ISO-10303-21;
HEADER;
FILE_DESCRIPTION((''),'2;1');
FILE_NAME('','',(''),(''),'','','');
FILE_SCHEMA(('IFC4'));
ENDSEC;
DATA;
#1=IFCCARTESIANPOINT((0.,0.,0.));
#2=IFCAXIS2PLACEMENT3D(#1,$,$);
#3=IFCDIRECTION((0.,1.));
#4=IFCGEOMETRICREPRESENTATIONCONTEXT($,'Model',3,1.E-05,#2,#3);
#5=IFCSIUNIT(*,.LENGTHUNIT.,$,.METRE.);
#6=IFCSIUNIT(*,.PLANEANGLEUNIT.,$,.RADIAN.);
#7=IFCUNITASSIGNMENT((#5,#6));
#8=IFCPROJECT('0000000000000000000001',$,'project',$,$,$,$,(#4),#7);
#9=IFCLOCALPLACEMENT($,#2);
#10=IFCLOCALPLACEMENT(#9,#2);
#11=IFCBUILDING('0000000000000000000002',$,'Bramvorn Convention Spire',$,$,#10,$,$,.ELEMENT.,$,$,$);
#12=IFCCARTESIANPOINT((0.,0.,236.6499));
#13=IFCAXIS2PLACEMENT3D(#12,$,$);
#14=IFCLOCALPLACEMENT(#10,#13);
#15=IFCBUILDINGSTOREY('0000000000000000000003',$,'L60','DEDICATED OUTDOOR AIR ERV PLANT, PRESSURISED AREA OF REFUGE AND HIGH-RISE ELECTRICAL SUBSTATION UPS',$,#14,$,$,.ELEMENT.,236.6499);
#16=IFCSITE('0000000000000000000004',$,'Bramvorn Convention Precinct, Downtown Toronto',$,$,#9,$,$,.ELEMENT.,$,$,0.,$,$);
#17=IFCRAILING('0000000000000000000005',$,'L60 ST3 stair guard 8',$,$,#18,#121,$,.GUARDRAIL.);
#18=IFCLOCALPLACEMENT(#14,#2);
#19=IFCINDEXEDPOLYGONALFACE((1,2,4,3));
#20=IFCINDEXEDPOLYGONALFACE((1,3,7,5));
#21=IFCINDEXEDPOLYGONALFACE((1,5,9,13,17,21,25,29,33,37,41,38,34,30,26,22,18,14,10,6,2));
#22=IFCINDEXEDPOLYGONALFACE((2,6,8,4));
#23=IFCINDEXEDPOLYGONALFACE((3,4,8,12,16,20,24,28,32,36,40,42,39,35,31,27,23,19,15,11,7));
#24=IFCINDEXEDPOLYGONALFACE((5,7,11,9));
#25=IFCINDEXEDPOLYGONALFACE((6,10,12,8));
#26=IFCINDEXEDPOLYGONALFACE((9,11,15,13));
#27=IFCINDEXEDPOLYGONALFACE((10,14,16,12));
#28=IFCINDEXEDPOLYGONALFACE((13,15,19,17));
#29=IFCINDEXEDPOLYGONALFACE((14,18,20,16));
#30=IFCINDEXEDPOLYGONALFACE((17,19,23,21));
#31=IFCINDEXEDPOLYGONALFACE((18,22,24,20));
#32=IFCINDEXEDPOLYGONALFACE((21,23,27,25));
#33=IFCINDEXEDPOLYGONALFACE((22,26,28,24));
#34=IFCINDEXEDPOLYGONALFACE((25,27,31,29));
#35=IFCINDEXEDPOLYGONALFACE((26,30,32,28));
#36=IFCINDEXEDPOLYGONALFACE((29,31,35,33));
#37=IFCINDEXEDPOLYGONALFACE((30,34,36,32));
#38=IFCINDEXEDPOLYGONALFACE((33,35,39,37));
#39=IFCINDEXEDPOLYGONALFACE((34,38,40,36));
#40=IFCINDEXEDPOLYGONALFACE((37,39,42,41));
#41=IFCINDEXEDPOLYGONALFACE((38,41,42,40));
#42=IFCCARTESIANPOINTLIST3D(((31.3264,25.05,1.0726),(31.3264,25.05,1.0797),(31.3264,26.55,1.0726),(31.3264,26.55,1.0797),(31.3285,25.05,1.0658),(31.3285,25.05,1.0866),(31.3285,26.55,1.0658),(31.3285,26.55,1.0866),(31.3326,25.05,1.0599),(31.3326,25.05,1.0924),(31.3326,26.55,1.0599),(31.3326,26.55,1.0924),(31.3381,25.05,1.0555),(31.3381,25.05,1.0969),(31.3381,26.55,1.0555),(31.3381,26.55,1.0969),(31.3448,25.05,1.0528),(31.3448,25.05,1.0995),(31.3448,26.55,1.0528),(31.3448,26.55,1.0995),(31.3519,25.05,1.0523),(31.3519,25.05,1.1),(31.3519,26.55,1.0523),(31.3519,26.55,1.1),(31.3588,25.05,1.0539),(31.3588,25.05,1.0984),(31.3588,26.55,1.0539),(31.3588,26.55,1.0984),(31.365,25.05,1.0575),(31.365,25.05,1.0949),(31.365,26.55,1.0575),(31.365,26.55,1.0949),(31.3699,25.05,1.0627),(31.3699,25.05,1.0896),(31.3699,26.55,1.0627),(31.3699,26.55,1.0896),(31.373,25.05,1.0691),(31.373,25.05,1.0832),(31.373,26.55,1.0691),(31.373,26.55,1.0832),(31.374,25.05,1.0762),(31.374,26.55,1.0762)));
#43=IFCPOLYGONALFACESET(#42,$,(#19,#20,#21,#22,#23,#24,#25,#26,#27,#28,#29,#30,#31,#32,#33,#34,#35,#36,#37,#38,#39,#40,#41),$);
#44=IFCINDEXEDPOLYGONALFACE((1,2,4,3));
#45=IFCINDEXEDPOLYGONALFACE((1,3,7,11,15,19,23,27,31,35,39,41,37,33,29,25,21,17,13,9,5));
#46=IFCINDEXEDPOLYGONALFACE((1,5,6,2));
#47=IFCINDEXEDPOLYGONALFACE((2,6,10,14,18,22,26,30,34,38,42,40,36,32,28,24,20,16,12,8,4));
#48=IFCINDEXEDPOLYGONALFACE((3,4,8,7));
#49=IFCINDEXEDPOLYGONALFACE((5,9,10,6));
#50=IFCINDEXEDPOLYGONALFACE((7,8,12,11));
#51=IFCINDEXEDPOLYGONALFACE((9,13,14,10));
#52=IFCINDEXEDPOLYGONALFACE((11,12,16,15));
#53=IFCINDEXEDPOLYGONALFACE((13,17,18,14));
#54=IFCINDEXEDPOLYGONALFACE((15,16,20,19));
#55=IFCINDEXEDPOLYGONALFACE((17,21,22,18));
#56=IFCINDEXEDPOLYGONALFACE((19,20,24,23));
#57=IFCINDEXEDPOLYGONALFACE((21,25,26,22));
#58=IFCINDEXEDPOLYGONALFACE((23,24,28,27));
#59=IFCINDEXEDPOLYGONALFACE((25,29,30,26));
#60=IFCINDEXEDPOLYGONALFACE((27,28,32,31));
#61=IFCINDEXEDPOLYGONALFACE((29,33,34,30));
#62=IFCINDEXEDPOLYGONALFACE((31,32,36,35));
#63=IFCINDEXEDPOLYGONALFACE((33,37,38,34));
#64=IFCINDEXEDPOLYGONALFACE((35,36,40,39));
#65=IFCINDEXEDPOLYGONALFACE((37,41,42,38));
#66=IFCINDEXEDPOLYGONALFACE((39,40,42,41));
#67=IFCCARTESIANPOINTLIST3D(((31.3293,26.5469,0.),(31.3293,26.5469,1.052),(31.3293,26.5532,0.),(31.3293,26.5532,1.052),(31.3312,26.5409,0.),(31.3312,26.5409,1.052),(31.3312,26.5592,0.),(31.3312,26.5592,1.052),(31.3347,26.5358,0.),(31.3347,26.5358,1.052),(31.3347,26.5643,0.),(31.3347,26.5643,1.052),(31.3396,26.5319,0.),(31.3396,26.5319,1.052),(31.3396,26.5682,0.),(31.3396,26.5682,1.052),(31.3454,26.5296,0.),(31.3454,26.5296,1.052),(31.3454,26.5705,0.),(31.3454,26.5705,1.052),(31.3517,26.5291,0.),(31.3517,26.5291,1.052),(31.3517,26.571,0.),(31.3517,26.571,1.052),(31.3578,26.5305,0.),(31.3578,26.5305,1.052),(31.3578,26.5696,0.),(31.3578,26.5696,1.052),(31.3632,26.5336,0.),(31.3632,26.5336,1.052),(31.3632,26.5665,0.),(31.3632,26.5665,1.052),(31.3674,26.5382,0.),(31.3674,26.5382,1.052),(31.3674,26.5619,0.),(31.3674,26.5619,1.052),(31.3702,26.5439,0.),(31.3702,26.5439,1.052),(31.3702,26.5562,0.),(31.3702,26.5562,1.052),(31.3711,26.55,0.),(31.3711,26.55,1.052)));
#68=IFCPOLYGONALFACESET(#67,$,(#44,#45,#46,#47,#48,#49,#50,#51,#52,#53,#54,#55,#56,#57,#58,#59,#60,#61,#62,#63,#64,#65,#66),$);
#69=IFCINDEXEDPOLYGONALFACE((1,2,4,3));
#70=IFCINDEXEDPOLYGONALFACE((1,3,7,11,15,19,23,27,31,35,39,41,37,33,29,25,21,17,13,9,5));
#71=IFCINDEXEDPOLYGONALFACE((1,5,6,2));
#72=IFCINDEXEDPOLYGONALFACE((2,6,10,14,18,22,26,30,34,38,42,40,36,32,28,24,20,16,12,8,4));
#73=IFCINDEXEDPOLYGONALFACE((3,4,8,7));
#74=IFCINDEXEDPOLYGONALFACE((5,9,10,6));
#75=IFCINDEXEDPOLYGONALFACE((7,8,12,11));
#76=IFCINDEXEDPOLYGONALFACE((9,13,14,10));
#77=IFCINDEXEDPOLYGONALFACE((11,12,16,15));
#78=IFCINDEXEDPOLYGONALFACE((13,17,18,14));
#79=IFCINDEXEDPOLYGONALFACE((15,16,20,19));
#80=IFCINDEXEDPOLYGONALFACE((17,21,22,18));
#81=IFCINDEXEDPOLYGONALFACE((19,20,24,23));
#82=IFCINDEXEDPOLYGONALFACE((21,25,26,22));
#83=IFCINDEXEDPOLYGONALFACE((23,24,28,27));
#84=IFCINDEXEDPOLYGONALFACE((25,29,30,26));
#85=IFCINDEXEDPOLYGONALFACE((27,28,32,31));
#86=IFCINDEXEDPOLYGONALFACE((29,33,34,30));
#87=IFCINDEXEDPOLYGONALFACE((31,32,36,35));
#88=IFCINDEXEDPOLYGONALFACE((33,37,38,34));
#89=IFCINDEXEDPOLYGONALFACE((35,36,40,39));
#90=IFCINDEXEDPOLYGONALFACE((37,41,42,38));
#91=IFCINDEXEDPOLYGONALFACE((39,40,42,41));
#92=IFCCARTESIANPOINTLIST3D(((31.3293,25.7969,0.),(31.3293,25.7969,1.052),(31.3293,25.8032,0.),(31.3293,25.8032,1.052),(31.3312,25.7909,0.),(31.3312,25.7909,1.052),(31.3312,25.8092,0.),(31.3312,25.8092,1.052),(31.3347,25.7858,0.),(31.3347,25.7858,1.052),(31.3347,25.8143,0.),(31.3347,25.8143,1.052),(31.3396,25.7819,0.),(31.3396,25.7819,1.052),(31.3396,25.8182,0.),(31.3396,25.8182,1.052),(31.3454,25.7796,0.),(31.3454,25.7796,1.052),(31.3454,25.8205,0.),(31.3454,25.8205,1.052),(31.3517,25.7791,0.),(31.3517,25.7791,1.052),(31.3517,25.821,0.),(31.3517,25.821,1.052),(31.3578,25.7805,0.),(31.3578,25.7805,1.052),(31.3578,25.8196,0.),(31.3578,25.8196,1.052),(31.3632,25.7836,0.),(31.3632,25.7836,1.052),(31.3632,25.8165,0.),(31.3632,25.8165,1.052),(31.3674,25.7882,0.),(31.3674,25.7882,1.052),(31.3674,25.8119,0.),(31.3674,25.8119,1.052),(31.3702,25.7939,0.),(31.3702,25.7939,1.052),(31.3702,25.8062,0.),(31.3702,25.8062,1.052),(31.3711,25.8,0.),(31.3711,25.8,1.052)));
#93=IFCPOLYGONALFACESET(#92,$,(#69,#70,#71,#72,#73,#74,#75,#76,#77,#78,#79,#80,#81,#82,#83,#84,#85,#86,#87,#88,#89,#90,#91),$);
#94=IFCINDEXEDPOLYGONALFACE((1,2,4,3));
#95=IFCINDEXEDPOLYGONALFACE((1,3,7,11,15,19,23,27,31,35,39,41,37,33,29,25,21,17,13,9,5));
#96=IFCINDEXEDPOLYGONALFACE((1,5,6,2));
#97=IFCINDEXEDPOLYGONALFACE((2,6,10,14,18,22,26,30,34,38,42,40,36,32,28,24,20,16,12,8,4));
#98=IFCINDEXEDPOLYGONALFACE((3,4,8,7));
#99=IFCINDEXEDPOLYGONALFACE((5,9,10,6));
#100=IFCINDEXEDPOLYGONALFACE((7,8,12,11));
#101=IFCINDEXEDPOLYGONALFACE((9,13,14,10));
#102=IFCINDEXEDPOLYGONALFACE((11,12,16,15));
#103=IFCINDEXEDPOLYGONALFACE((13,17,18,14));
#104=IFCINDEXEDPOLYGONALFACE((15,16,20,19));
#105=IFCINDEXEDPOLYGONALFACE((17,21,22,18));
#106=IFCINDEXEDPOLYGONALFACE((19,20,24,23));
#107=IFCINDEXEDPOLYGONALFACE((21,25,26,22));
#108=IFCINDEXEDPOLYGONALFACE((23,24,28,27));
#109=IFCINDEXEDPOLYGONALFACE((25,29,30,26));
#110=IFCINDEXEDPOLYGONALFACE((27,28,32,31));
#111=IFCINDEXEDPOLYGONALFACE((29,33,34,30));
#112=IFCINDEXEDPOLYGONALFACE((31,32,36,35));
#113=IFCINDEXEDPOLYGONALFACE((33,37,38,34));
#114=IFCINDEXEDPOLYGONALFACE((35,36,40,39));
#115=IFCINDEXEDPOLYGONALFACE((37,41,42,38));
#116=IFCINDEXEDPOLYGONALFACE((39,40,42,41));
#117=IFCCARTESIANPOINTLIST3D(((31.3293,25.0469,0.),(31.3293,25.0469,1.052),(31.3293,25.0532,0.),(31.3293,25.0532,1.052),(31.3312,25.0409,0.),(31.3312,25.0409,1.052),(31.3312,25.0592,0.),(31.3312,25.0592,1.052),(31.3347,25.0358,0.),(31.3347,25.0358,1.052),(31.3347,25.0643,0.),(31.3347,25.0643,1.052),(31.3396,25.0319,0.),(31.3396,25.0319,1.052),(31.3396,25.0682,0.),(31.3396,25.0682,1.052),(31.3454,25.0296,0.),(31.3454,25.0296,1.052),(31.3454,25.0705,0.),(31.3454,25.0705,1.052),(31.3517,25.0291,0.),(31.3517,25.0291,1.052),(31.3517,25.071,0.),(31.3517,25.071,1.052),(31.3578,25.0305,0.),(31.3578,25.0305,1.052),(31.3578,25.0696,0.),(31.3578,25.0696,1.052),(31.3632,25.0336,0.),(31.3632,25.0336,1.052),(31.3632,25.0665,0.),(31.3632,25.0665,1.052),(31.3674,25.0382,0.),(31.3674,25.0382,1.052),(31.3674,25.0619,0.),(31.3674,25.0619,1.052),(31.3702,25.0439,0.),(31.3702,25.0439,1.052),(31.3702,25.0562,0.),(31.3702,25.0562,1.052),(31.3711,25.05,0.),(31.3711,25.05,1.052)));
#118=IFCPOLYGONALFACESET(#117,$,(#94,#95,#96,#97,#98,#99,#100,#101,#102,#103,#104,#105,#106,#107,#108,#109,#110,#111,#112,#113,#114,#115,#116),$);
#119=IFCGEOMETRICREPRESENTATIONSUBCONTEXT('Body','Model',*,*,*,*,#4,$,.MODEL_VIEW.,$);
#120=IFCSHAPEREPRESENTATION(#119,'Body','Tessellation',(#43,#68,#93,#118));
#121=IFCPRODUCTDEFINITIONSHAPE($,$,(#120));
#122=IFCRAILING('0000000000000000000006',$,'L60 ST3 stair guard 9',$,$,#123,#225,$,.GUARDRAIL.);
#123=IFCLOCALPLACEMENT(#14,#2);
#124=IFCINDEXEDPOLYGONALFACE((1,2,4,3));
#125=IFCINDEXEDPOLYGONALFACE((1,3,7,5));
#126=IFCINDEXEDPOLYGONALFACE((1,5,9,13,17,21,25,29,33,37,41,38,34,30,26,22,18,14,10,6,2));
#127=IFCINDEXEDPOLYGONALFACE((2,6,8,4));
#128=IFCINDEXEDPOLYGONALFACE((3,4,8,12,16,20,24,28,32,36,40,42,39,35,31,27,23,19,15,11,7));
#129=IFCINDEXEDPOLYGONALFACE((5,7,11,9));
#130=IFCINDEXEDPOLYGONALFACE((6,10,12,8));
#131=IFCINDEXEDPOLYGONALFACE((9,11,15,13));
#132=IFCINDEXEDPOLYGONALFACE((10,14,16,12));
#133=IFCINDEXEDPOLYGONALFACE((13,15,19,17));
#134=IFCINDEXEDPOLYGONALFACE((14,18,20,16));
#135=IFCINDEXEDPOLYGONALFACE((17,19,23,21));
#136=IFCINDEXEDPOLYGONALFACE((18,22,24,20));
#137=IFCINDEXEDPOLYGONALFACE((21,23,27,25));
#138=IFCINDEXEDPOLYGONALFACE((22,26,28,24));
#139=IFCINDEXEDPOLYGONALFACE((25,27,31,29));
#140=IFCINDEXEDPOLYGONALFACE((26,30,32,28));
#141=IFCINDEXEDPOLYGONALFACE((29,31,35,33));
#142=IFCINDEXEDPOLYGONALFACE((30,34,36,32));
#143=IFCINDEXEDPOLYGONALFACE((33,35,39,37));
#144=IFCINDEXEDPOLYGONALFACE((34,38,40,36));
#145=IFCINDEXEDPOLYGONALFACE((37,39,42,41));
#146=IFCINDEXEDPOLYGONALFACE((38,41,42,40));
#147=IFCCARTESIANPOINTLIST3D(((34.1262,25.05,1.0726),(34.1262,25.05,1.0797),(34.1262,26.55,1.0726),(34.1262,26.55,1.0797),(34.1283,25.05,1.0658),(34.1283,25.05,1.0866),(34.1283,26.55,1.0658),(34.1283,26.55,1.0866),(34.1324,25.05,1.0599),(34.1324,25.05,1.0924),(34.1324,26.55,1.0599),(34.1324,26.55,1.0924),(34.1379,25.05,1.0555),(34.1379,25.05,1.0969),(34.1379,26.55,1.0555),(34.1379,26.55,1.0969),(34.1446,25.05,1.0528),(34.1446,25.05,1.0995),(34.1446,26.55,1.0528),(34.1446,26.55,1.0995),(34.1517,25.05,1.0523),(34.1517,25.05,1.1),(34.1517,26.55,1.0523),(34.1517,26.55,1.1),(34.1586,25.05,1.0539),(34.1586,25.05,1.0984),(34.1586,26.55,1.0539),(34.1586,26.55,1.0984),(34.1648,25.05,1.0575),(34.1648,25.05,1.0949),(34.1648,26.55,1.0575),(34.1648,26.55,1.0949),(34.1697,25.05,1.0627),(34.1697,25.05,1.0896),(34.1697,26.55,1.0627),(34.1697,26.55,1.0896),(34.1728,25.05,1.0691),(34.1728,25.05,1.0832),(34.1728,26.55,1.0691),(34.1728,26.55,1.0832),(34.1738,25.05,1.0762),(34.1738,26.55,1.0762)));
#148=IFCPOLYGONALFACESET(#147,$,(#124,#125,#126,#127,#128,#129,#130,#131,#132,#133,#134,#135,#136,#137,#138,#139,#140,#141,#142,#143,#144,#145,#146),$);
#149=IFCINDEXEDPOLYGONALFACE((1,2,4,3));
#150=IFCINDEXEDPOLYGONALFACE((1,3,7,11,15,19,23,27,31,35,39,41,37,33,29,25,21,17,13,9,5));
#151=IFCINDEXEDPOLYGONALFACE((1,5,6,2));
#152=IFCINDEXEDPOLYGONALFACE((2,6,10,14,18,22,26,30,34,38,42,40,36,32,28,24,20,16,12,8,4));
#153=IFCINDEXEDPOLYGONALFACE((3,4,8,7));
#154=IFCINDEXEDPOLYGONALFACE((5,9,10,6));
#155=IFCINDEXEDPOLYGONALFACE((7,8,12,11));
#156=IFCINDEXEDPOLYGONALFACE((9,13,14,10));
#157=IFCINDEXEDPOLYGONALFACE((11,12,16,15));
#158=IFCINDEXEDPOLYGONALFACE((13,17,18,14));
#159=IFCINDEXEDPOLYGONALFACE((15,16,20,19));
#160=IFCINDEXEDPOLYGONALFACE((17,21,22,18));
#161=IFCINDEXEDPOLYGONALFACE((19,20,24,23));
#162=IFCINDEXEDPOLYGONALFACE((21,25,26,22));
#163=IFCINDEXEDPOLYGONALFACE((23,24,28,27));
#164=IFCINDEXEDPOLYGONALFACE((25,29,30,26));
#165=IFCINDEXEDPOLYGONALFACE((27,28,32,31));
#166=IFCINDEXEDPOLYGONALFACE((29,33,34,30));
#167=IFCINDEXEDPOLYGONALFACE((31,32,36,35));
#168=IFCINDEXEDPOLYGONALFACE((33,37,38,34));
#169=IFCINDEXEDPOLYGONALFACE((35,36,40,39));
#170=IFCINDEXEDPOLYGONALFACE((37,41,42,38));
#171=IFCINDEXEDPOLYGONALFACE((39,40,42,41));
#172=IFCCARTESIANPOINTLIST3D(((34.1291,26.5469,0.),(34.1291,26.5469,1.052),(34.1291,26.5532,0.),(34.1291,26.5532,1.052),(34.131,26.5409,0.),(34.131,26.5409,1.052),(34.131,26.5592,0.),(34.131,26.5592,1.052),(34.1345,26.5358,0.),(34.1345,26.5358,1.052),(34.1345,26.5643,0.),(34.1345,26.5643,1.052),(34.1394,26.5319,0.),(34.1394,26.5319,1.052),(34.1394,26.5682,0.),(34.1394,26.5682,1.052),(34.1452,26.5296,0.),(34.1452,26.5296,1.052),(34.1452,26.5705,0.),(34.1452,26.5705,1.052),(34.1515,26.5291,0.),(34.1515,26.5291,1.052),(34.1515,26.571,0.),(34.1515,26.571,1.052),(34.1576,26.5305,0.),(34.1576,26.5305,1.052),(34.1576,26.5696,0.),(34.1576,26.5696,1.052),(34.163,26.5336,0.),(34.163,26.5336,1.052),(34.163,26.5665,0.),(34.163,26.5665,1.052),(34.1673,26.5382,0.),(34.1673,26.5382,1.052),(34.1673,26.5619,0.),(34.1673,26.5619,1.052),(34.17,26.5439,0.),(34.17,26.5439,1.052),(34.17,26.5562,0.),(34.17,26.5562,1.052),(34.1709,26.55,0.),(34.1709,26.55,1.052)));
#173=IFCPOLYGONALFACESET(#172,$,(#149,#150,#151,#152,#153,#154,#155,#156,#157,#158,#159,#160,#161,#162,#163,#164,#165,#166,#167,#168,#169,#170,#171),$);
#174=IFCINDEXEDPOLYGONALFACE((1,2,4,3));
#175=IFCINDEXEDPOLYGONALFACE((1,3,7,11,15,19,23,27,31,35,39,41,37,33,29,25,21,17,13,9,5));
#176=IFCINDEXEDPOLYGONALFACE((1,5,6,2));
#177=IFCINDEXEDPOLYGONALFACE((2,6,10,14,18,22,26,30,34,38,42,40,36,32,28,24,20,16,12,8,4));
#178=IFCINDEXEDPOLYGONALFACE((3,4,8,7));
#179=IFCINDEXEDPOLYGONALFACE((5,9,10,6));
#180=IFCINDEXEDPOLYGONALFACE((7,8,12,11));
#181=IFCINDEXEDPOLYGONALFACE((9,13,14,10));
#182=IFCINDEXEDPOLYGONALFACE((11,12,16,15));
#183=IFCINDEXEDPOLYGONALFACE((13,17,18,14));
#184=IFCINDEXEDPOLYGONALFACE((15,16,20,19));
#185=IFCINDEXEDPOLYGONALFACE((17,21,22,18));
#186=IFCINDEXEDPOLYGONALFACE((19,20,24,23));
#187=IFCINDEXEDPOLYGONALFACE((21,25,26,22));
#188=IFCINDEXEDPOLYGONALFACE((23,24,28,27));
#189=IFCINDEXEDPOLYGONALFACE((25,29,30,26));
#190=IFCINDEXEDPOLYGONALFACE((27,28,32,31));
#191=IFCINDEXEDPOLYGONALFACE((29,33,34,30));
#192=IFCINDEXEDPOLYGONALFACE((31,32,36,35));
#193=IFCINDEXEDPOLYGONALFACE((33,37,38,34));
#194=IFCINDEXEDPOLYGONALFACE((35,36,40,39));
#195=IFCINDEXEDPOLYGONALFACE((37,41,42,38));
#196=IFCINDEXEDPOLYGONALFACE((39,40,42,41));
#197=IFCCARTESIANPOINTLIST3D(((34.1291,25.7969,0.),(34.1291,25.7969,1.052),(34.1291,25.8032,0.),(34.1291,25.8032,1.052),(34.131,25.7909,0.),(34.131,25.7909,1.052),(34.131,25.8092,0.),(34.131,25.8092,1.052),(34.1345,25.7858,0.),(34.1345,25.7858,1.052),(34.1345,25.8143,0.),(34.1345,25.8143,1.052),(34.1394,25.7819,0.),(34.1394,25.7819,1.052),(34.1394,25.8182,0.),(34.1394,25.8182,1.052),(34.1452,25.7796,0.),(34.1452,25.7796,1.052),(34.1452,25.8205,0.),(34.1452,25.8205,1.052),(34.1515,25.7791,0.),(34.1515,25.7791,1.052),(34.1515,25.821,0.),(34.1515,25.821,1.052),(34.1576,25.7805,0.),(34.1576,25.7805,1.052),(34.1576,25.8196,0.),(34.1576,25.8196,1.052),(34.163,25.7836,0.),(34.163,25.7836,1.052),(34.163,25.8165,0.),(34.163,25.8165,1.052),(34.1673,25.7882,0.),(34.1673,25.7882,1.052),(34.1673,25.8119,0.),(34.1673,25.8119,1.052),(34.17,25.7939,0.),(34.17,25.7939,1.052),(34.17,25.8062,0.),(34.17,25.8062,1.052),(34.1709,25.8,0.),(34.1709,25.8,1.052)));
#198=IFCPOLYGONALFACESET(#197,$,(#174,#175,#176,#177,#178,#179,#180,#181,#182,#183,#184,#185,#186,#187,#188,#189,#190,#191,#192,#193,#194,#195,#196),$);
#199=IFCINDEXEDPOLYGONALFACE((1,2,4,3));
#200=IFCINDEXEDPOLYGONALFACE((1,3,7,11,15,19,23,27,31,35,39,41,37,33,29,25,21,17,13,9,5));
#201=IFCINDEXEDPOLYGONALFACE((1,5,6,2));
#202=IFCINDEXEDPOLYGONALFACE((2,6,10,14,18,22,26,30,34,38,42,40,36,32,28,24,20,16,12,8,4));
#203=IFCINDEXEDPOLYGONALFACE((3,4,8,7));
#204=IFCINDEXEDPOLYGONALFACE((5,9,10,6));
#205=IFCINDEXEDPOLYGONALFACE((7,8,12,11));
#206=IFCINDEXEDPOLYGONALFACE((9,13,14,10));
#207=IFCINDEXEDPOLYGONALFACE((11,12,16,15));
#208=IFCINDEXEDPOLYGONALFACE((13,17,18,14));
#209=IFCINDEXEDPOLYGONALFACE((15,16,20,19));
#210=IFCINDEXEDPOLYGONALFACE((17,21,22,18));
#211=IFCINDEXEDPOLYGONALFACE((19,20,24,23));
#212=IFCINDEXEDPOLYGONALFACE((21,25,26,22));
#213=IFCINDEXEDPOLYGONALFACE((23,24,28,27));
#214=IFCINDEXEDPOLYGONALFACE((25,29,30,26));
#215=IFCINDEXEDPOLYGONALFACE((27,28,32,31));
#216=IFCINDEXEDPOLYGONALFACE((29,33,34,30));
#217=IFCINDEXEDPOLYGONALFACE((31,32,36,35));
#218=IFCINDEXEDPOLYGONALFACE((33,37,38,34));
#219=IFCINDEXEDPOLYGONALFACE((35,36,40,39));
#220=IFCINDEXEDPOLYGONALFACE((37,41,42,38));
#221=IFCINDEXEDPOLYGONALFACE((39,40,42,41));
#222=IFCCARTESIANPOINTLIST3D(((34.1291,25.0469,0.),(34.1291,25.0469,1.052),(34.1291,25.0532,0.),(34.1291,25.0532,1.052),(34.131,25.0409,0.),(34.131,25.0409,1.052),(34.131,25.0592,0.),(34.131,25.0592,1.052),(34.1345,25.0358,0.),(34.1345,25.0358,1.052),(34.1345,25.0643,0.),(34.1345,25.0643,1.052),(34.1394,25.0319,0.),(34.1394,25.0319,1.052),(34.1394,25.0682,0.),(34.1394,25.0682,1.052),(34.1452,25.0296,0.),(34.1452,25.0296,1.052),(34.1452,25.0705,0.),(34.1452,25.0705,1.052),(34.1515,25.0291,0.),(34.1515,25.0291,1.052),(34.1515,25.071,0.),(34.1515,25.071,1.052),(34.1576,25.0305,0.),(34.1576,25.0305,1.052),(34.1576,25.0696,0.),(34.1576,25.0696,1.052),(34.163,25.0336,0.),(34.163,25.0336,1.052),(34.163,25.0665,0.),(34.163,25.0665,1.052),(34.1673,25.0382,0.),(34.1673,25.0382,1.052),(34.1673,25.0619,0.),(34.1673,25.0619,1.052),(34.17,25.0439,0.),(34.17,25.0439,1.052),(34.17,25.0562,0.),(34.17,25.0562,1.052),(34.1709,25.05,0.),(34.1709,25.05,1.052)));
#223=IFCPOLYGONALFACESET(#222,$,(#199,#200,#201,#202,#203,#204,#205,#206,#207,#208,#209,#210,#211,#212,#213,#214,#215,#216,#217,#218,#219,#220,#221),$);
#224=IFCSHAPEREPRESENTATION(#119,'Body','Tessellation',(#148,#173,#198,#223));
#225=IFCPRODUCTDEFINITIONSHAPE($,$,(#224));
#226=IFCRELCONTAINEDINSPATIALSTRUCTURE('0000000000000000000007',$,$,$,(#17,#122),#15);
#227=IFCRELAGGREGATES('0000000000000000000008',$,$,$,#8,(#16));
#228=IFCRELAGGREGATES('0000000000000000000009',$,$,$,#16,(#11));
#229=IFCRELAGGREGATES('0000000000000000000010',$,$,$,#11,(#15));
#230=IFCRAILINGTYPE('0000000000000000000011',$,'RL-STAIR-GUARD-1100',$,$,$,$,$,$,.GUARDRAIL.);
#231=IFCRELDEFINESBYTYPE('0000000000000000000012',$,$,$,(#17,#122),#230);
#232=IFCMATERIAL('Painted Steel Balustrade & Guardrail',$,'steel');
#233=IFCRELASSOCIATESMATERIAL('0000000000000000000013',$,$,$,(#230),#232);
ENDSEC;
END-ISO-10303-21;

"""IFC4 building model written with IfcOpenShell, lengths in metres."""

from ifc_helpers import new_model, si_unit, direction, frame, origin, origin_2d, place, context, subcontext, project, spatial, circle, extrude, material, type_object, element, save


model = new_model("IFC4")

# Units and contexts
model_context = context("Model", 3, precision=1e-05, world=origin(), true_north=direction((0.0, 1.0)))
body_context = subcontext(model_context, "Body", "Model", "MODEL_VIEW")
ifc_project = project(units=[si_unit("LENGTHUNIT", "METRE"), si_unit("PLANEANGLEUNIT", "RADIAN")], contexts=[model_context])

# Site, building, storey
site_placement = place(None, origin())
site = spatial("IfcSite", under=ifc_project, at=site_placement, Name="Bramvorn Convention Precinct, Downtown Toronto", CompositionType="ELEMENT", RefElevation=0.0)
building_placement = place(site_placement, origin())
building = spatial("IfcBuilding", under=site, at=building_placement, Name="Bramvorn Convention Spire", CompositionType="ELEMENT")
storey_placement = place(building_placement, frame((0.0, 0.0, 236.6499)))
storey = spatial("IfcBuildingStorey", under=building, at=storey_placement, Name="L60", Description="DEDICATED OUTDOOR AIR ERV PLANT, PRESSURISED AREA OF REFUGE AND HIGH-RISE ELECTRICAL SUBSTATION UPS", CompositionType="ELEMENT", Elevation=236.6499)

# Railings
ifc_material_1 = material(Name="Painted Steel Balustrade & Guardrail", Category="steel")
railing_type = type_object("IfcRailingType", Name="RL-STAIR-GUARD-1100", PredefinedType="GUARDRAIL", material=ifc_material_1)
for number, where, name in (
    (1, (31.3501, 26.55, 0.0), "L60 ST3 stair guard 8"),
    (2, (34.1499, 26.55, 0.0), "L60 ST3 stair guard 9"),
):
    element("IfcRailing", number, at=place(storey_placement, frame(where)), inside=storey, type_object=railing_type, Name=name, PredefinedType="GUARDRAIL", context=body_context, shape_type="SweptSolid", body=[
        extrude(circle(Radius=0.0239, at=origin_2d()), frame((0.0, 0.0, 1.0762), z_axis=(0.0, -1.0, 0.0), x_axis=(1.0, 0.0, 0.0)), (0.0, 0.0, 1.0), 1.5),
        extrude(circle(Radius=0.021, at=origin_2d()), origin(), (0.0, 0.0, 1.0), 1.052),
        extrude(circle(Radius=0.021, at=origin_2d()), frame((0.0, -0.75, 0.0)), (0.0, 0.0, 1.0), 1.052),
        extrude(circle(Radius=0.021, at=origin_2d()), frame((0.0, -1.5, 0.0)), (0.0, 0.0, 1.0), 1.052),
    ])

save(model, "model.ifc")
